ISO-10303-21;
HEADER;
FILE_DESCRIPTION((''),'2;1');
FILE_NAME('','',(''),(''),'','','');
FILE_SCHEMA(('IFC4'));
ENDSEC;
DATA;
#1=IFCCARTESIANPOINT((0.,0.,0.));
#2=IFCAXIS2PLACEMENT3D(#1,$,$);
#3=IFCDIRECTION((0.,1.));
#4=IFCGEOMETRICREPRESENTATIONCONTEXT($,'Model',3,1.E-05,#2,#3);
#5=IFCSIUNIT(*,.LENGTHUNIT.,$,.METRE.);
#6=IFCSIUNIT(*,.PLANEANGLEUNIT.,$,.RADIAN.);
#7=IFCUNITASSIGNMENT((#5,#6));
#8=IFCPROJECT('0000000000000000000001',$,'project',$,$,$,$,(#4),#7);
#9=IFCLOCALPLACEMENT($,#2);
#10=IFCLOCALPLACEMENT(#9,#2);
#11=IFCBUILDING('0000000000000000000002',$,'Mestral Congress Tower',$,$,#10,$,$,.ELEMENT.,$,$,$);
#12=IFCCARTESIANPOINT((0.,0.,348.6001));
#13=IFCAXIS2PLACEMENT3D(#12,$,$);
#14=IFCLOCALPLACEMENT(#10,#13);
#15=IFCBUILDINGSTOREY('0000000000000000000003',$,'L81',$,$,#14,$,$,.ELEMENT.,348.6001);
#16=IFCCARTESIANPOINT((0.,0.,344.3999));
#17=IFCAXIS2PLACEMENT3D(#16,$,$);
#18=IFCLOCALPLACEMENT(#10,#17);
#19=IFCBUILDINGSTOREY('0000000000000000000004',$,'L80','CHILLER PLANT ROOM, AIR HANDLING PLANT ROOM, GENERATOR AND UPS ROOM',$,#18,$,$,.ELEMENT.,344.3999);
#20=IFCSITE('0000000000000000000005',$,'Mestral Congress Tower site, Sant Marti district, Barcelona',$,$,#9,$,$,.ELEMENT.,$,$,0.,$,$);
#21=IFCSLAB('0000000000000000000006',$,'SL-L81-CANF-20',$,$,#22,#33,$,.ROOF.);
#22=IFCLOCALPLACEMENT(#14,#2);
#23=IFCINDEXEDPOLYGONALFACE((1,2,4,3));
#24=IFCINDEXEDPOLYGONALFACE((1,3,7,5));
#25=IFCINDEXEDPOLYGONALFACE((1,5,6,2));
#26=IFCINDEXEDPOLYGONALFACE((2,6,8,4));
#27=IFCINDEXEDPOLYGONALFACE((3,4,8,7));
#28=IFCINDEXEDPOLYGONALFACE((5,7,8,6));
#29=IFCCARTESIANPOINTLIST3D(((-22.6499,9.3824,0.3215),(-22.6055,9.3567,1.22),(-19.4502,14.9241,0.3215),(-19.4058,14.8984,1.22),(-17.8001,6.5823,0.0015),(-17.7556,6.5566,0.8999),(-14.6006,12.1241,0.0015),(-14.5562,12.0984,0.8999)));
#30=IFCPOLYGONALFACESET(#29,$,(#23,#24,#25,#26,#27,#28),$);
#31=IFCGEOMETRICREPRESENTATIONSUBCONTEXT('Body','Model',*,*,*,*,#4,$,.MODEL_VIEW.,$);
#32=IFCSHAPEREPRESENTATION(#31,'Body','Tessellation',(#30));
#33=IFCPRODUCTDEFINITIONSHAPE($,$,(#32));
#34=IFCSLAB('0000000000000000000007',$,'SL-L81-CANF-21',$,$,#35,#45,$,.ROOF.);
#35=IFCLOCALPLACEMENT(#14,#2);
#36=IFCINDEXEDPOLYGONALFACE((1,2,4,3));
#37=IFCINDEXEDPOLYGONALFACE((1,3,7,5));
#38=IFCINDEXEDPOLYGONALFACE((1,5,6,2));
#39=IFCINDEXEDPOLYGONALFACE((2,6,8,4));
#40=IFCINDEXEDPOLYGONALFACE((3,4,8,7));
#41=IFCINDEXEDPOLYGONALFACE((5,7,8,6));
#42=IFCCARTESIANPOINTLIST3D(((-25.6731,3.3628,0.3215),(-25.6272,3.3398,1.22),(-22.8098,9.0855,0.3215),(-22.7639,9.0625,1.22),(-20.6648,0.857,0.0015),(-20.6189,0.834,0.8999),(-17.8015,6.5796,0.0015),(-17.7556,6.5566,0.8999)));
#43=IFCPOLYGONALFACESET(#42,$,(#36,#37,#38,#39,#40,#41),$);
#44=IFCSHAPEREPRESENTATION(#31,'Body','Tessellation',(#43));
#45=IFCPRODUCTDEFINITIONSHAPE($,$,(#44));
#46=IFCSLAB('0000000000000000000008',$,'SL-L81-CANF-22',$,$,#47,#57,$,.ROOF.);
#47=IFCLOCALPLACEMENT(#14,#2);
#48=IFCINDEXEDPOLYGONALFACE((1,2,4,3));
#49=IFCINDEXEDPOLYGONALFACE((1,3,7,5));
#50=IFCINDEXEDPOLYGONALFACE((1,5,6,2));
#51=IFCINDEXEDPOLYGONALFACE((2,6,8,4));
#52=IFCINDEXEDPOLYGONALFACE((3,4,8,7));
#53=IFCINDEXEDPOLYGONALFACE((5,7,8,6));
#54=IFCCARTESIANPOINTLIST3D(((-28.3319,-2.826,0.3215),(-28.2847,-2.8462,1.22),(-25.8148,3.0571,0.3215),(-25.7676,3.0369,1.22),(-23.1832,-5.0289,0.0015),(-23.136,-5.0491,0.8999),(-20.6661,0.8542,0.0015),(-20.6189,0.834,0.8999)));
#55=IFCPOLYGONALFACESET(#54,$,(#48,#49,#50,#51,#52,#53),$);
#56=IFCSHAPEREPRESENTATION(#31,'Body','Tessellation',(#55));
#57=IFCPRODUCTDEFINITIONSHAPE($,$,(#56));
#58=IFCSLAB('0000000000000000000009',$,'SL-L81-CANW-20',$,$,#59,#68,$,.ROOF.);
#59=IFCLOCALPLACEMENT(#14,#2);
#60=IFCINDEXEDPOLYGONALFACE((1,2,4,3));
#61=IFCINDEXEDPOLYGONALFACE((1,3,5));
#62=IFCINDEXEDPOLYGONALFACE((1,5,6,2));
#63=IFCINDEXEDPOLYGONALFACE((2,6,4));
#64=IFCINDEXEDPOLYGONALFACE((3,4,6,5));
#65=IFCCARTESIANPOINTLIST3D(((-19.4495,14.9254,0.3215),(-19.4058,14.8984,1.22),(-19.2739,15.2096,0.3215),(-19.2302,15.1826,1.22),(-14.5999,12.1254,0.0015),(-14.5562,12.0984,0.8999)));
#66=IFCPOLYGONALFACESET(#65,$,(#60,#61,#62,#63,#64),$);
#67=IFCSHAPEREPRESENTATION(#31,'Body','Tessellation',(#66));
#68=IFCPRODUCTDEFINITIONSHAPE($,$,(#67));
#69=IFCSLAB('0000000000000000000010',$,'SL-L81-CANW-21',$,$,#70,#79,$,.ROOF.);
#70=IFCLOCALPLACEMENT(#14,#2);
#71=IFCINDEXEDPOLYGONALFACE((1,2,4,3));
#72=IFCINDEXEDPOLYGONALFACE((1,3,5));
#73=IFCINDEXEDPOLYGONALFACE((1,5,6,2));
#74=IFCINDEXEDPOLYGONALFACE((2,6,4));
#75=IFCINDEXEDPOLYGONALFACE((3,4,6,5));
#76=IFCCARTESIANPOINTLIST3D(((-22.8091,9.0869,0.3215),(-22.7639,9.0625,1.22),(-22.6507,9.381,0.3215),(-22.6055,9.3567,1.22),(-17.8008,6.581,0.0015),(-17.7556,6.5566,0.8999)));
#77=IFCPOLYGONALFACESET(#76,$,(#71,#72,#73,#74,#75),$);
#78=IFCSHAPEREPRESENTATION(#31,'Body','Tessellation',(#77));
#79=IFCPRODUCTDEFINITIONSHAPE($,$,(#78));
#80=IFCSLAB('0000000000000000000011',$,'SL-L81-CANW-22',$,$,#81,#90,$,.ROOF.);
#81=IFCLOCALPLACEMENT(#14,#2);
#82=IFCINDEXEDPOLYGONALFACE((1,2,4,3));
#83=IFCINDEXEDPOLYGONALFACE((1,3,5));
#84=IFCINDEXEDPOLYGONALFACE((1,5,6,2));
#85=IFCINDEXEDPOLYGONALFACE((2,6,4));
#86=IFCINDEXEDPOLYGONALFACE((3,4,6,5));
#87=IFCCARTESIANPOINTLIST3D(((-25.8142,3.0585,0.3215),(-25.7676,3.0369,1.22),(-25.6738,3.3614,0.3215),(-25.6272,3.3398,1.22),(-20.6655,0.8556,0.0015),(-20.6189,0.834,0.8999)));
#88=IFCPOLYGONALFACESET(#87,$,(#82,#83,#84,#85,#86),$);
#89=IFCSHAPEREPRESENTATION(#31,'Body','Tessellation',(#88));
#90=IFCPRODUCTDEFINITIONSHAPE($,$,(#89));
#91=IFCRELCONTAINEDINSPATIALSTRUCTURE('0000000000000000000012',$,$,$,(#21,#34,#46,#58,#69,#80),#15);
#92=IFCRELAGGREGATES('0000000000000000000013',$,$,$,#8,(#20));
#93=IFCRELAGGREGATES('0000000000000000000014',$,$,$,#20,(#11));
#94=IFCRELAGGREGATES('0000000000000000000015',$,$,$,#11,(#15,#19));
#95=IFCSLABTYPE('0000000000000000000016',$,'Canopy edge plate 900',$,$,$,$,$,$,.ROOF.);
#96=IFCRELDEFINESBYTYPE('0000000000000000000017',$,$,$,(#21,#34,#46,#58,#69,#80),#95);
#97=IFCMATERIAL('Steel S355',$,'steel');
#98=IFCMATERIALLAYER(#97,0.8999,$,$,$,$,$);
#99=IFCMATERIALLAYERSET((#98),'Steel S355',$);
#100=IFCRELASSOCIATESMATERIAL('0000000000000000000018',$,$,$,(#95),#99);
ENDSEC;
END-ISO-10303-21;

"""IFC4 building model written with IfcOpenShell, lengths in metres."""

from ifc_helpers import new_model, si_unit, direction, frame, origin, place, context, subcontext, project, spatial, polyline, outline, extrude, material, layer, layer_set, type_object, element, save


model = new_model("IFC4")

# Units and contexts
model_context = context("Model", 3, precision=1e-05, world=origin(), true_north=direction((0.0, 1.0)))
body_context = subcontext(model_context, "Body", "Model", "MODEL_VIEW")
ifc_project = project(units=[si_unit("LENGTHUNIT", "METRE"), si_unit("PLANEANGLEUNIT", "RADIAN")], contexts=[model_context])

# Site, building, storey
site_placement = place(None, origin())
site = spatial("IfcSite", under=ifc_project, at=site_placement, Name="Mestral Congress Tower site, Sant Marti district, Barcelona", CompositionType="ELEMENT", RefElevation=0.0)
building_placement = place(site_placement, origin())
building = spatial("IfcBuilding", under=site, at=building_placement, Name="Mestral Congress Tower", CompositionType="ELEMENT")
storey_1_placement = place(building_placement, frame((0.0, 0.0, 348.6001)))
storey_1 = spatial("IfcBuildingStorey", under=building, at=storey_1_placement, Name="L81", CompositionType="ELEMENT", Elevation=348.6001)

# Shared definitions
ifc_material_1 = material(Name="Steel S355", Category="steel")

# Slabs
ifc_layer_1 = layer(ifc_material_1, 0.8999)
ifc_layer_set_1 = layer_set([ifc_layer_1], Name="Steel S355")
slab_type_1 = type_object("IfcSlabType", Name="Canopy edge plate 900", PredefinedType="ROOF", material=ifc_layer_set_1)
slab_1_placement = place(storey_1_placement, frame((-14.5562, 12.0984, 0.8999), z_axis=(0.049417, -0.028531, 0.998371), x_axis=(-0.499992, -0.86603, -0.000001)))
element("IfcSlab", 1, at=slab_1_placement, inside=storey_1, type_object=slab_type_1, Name="SL-L81-CANF-20", PredefinedType="ROOF", context=body_context, shape_type="SweptSolid", body=[
    extrude(outline(polyline([(0.0, 0.0), (6.399, 0.0), (6.399, -5.6093), (-0.0002, -5.609), (0.0, 0.0)])), origin(), (0.0, 0.0, -1.0), 0.8999),
])
slab_2_placement = place(storey_1_placement, frame((-17.7556, 6.5566, 0.8999), z_axis=(0.051029, -0.025532, 0.998371), x_axis=(-0.447458, -0.894305, 0.0)))
element("IfcSlab", 2, at=slab_2_placement, inside=storey_1, type_object=slab_type_1, Name="SL-L81-CANF-21", PredefinedType="ROOF", context=body_context, shape_type="SweptSolid", body=[
    extrude(outline(polyline([(0.0, 0.0), (6.399, 0.0), (6.399, -5.6094), (0.0, -5.6094), (0.0, 0.0)])), origin(), (0.0, 0.0, -1.0), 0.8999),
])
slab_3_placement = place(storey_1_placement, frame((-20.6189, 0.834, 0.8999), z_axis=(0.05246, -0.022445, 0.998371), x_axis=(-0.393362, -0.919384, 0.0)))
element("IfcSlab", 3, at=slab_3_placement, inside=storey_1, type_object=slab_type_1, Name="SL-L81-CANF-22", PredefinedType="ROOF", context=body_context, shape_type="SweptSolid", body=[
    extrude(outline(polyline([(0.0, 0.0), (6.3989, 0.0), (6.3989, -5.6093), (0.0, -5.6093), (0.0, 0.0)])), origin(), (0.0, 0.0, -1.0), 0.8999),
])
slab_4_placement = place(storey_1_placement, frame((-14.5562, 12.0984, 0.8999), z_axis=(0.048569, -0.030001, 0.998369), x_axis=(-0.833304, 0.549863, 0.057062)))
element("IfcSlab", 4, at=slab_4_placement, inside=storey_1, type_object=slab_type_1, Name="SL-L81-CANW-20", PredefinedType="ROOF", context=body_context, shape_type="SweptSolid", body=[
    extrude(outline(polyline([(0.0, 0.0), (5.6091, 0.0), (5.5991, 0.3339), (0.0, 0.0)])), origin(), (0.0, 0.0, -1.0), 0.8999),
])
slab_5_placement = place(storey_1_placement, frame((-17.7556, 6.5566, 0.8999), z_axis=(0.05026, -0.027069, 0.998369), x_axis=(-0.864616, 0.499183, 0.057061)))
element("IfcSlab", 5, at=slab_5_placement, inside=storey_1, type_object=slab_type_1, Name="SL-L81-CANW-21", PredefinedType="ROOF", context=body_context, shape_type="SweptSolid", body=[
    extrude(outline(polyline([(0.0, 0.0), (5.6093, 0.0), (5.5994, 0.334), (0.0, 0.0)])), origin(), (0.0, 0.0, -1.0), 0.8999),
])
slab_6_placement = place(storey_1_placement, frame((-20.6189, 0.834, 0.8999), z_axis=(0.051796, -0.023999, 0.998369), x_axis=(-0.892848, 0.446729, 0.05706)))
element("IfcSlab", 6, at=slab_6_placement, inside=storey_1, type_object=slab_type_1, Name="SL-L81-CANW-22", PredefinedType="ROOF", context=body_context, shape_type="SweptSolid", body=[
    extrude(outline(polyline([(0.0, 0.0), (5.6094, 0.0), (5.5993, 0.3338), (0.0, 0.0)])), origin(), (0.0, 0.0, -1.0), 0.8999),
])

# Shared definitions
storey_2_placement = place(building_placement, frame((0.0, 0.0, 344.3999)))
storey_2 = spatial("IfcBuildingStorey", under=building, at=storey_2_placement, Name="L80", Description="CHILLER PLANT ROOM, AIR HANDLING PLANT ROOM, GENERATOR AND UPS ROOM", CompositionType="ELEMENT", Elevation=344.3999)

save(model, "model.ifc")
